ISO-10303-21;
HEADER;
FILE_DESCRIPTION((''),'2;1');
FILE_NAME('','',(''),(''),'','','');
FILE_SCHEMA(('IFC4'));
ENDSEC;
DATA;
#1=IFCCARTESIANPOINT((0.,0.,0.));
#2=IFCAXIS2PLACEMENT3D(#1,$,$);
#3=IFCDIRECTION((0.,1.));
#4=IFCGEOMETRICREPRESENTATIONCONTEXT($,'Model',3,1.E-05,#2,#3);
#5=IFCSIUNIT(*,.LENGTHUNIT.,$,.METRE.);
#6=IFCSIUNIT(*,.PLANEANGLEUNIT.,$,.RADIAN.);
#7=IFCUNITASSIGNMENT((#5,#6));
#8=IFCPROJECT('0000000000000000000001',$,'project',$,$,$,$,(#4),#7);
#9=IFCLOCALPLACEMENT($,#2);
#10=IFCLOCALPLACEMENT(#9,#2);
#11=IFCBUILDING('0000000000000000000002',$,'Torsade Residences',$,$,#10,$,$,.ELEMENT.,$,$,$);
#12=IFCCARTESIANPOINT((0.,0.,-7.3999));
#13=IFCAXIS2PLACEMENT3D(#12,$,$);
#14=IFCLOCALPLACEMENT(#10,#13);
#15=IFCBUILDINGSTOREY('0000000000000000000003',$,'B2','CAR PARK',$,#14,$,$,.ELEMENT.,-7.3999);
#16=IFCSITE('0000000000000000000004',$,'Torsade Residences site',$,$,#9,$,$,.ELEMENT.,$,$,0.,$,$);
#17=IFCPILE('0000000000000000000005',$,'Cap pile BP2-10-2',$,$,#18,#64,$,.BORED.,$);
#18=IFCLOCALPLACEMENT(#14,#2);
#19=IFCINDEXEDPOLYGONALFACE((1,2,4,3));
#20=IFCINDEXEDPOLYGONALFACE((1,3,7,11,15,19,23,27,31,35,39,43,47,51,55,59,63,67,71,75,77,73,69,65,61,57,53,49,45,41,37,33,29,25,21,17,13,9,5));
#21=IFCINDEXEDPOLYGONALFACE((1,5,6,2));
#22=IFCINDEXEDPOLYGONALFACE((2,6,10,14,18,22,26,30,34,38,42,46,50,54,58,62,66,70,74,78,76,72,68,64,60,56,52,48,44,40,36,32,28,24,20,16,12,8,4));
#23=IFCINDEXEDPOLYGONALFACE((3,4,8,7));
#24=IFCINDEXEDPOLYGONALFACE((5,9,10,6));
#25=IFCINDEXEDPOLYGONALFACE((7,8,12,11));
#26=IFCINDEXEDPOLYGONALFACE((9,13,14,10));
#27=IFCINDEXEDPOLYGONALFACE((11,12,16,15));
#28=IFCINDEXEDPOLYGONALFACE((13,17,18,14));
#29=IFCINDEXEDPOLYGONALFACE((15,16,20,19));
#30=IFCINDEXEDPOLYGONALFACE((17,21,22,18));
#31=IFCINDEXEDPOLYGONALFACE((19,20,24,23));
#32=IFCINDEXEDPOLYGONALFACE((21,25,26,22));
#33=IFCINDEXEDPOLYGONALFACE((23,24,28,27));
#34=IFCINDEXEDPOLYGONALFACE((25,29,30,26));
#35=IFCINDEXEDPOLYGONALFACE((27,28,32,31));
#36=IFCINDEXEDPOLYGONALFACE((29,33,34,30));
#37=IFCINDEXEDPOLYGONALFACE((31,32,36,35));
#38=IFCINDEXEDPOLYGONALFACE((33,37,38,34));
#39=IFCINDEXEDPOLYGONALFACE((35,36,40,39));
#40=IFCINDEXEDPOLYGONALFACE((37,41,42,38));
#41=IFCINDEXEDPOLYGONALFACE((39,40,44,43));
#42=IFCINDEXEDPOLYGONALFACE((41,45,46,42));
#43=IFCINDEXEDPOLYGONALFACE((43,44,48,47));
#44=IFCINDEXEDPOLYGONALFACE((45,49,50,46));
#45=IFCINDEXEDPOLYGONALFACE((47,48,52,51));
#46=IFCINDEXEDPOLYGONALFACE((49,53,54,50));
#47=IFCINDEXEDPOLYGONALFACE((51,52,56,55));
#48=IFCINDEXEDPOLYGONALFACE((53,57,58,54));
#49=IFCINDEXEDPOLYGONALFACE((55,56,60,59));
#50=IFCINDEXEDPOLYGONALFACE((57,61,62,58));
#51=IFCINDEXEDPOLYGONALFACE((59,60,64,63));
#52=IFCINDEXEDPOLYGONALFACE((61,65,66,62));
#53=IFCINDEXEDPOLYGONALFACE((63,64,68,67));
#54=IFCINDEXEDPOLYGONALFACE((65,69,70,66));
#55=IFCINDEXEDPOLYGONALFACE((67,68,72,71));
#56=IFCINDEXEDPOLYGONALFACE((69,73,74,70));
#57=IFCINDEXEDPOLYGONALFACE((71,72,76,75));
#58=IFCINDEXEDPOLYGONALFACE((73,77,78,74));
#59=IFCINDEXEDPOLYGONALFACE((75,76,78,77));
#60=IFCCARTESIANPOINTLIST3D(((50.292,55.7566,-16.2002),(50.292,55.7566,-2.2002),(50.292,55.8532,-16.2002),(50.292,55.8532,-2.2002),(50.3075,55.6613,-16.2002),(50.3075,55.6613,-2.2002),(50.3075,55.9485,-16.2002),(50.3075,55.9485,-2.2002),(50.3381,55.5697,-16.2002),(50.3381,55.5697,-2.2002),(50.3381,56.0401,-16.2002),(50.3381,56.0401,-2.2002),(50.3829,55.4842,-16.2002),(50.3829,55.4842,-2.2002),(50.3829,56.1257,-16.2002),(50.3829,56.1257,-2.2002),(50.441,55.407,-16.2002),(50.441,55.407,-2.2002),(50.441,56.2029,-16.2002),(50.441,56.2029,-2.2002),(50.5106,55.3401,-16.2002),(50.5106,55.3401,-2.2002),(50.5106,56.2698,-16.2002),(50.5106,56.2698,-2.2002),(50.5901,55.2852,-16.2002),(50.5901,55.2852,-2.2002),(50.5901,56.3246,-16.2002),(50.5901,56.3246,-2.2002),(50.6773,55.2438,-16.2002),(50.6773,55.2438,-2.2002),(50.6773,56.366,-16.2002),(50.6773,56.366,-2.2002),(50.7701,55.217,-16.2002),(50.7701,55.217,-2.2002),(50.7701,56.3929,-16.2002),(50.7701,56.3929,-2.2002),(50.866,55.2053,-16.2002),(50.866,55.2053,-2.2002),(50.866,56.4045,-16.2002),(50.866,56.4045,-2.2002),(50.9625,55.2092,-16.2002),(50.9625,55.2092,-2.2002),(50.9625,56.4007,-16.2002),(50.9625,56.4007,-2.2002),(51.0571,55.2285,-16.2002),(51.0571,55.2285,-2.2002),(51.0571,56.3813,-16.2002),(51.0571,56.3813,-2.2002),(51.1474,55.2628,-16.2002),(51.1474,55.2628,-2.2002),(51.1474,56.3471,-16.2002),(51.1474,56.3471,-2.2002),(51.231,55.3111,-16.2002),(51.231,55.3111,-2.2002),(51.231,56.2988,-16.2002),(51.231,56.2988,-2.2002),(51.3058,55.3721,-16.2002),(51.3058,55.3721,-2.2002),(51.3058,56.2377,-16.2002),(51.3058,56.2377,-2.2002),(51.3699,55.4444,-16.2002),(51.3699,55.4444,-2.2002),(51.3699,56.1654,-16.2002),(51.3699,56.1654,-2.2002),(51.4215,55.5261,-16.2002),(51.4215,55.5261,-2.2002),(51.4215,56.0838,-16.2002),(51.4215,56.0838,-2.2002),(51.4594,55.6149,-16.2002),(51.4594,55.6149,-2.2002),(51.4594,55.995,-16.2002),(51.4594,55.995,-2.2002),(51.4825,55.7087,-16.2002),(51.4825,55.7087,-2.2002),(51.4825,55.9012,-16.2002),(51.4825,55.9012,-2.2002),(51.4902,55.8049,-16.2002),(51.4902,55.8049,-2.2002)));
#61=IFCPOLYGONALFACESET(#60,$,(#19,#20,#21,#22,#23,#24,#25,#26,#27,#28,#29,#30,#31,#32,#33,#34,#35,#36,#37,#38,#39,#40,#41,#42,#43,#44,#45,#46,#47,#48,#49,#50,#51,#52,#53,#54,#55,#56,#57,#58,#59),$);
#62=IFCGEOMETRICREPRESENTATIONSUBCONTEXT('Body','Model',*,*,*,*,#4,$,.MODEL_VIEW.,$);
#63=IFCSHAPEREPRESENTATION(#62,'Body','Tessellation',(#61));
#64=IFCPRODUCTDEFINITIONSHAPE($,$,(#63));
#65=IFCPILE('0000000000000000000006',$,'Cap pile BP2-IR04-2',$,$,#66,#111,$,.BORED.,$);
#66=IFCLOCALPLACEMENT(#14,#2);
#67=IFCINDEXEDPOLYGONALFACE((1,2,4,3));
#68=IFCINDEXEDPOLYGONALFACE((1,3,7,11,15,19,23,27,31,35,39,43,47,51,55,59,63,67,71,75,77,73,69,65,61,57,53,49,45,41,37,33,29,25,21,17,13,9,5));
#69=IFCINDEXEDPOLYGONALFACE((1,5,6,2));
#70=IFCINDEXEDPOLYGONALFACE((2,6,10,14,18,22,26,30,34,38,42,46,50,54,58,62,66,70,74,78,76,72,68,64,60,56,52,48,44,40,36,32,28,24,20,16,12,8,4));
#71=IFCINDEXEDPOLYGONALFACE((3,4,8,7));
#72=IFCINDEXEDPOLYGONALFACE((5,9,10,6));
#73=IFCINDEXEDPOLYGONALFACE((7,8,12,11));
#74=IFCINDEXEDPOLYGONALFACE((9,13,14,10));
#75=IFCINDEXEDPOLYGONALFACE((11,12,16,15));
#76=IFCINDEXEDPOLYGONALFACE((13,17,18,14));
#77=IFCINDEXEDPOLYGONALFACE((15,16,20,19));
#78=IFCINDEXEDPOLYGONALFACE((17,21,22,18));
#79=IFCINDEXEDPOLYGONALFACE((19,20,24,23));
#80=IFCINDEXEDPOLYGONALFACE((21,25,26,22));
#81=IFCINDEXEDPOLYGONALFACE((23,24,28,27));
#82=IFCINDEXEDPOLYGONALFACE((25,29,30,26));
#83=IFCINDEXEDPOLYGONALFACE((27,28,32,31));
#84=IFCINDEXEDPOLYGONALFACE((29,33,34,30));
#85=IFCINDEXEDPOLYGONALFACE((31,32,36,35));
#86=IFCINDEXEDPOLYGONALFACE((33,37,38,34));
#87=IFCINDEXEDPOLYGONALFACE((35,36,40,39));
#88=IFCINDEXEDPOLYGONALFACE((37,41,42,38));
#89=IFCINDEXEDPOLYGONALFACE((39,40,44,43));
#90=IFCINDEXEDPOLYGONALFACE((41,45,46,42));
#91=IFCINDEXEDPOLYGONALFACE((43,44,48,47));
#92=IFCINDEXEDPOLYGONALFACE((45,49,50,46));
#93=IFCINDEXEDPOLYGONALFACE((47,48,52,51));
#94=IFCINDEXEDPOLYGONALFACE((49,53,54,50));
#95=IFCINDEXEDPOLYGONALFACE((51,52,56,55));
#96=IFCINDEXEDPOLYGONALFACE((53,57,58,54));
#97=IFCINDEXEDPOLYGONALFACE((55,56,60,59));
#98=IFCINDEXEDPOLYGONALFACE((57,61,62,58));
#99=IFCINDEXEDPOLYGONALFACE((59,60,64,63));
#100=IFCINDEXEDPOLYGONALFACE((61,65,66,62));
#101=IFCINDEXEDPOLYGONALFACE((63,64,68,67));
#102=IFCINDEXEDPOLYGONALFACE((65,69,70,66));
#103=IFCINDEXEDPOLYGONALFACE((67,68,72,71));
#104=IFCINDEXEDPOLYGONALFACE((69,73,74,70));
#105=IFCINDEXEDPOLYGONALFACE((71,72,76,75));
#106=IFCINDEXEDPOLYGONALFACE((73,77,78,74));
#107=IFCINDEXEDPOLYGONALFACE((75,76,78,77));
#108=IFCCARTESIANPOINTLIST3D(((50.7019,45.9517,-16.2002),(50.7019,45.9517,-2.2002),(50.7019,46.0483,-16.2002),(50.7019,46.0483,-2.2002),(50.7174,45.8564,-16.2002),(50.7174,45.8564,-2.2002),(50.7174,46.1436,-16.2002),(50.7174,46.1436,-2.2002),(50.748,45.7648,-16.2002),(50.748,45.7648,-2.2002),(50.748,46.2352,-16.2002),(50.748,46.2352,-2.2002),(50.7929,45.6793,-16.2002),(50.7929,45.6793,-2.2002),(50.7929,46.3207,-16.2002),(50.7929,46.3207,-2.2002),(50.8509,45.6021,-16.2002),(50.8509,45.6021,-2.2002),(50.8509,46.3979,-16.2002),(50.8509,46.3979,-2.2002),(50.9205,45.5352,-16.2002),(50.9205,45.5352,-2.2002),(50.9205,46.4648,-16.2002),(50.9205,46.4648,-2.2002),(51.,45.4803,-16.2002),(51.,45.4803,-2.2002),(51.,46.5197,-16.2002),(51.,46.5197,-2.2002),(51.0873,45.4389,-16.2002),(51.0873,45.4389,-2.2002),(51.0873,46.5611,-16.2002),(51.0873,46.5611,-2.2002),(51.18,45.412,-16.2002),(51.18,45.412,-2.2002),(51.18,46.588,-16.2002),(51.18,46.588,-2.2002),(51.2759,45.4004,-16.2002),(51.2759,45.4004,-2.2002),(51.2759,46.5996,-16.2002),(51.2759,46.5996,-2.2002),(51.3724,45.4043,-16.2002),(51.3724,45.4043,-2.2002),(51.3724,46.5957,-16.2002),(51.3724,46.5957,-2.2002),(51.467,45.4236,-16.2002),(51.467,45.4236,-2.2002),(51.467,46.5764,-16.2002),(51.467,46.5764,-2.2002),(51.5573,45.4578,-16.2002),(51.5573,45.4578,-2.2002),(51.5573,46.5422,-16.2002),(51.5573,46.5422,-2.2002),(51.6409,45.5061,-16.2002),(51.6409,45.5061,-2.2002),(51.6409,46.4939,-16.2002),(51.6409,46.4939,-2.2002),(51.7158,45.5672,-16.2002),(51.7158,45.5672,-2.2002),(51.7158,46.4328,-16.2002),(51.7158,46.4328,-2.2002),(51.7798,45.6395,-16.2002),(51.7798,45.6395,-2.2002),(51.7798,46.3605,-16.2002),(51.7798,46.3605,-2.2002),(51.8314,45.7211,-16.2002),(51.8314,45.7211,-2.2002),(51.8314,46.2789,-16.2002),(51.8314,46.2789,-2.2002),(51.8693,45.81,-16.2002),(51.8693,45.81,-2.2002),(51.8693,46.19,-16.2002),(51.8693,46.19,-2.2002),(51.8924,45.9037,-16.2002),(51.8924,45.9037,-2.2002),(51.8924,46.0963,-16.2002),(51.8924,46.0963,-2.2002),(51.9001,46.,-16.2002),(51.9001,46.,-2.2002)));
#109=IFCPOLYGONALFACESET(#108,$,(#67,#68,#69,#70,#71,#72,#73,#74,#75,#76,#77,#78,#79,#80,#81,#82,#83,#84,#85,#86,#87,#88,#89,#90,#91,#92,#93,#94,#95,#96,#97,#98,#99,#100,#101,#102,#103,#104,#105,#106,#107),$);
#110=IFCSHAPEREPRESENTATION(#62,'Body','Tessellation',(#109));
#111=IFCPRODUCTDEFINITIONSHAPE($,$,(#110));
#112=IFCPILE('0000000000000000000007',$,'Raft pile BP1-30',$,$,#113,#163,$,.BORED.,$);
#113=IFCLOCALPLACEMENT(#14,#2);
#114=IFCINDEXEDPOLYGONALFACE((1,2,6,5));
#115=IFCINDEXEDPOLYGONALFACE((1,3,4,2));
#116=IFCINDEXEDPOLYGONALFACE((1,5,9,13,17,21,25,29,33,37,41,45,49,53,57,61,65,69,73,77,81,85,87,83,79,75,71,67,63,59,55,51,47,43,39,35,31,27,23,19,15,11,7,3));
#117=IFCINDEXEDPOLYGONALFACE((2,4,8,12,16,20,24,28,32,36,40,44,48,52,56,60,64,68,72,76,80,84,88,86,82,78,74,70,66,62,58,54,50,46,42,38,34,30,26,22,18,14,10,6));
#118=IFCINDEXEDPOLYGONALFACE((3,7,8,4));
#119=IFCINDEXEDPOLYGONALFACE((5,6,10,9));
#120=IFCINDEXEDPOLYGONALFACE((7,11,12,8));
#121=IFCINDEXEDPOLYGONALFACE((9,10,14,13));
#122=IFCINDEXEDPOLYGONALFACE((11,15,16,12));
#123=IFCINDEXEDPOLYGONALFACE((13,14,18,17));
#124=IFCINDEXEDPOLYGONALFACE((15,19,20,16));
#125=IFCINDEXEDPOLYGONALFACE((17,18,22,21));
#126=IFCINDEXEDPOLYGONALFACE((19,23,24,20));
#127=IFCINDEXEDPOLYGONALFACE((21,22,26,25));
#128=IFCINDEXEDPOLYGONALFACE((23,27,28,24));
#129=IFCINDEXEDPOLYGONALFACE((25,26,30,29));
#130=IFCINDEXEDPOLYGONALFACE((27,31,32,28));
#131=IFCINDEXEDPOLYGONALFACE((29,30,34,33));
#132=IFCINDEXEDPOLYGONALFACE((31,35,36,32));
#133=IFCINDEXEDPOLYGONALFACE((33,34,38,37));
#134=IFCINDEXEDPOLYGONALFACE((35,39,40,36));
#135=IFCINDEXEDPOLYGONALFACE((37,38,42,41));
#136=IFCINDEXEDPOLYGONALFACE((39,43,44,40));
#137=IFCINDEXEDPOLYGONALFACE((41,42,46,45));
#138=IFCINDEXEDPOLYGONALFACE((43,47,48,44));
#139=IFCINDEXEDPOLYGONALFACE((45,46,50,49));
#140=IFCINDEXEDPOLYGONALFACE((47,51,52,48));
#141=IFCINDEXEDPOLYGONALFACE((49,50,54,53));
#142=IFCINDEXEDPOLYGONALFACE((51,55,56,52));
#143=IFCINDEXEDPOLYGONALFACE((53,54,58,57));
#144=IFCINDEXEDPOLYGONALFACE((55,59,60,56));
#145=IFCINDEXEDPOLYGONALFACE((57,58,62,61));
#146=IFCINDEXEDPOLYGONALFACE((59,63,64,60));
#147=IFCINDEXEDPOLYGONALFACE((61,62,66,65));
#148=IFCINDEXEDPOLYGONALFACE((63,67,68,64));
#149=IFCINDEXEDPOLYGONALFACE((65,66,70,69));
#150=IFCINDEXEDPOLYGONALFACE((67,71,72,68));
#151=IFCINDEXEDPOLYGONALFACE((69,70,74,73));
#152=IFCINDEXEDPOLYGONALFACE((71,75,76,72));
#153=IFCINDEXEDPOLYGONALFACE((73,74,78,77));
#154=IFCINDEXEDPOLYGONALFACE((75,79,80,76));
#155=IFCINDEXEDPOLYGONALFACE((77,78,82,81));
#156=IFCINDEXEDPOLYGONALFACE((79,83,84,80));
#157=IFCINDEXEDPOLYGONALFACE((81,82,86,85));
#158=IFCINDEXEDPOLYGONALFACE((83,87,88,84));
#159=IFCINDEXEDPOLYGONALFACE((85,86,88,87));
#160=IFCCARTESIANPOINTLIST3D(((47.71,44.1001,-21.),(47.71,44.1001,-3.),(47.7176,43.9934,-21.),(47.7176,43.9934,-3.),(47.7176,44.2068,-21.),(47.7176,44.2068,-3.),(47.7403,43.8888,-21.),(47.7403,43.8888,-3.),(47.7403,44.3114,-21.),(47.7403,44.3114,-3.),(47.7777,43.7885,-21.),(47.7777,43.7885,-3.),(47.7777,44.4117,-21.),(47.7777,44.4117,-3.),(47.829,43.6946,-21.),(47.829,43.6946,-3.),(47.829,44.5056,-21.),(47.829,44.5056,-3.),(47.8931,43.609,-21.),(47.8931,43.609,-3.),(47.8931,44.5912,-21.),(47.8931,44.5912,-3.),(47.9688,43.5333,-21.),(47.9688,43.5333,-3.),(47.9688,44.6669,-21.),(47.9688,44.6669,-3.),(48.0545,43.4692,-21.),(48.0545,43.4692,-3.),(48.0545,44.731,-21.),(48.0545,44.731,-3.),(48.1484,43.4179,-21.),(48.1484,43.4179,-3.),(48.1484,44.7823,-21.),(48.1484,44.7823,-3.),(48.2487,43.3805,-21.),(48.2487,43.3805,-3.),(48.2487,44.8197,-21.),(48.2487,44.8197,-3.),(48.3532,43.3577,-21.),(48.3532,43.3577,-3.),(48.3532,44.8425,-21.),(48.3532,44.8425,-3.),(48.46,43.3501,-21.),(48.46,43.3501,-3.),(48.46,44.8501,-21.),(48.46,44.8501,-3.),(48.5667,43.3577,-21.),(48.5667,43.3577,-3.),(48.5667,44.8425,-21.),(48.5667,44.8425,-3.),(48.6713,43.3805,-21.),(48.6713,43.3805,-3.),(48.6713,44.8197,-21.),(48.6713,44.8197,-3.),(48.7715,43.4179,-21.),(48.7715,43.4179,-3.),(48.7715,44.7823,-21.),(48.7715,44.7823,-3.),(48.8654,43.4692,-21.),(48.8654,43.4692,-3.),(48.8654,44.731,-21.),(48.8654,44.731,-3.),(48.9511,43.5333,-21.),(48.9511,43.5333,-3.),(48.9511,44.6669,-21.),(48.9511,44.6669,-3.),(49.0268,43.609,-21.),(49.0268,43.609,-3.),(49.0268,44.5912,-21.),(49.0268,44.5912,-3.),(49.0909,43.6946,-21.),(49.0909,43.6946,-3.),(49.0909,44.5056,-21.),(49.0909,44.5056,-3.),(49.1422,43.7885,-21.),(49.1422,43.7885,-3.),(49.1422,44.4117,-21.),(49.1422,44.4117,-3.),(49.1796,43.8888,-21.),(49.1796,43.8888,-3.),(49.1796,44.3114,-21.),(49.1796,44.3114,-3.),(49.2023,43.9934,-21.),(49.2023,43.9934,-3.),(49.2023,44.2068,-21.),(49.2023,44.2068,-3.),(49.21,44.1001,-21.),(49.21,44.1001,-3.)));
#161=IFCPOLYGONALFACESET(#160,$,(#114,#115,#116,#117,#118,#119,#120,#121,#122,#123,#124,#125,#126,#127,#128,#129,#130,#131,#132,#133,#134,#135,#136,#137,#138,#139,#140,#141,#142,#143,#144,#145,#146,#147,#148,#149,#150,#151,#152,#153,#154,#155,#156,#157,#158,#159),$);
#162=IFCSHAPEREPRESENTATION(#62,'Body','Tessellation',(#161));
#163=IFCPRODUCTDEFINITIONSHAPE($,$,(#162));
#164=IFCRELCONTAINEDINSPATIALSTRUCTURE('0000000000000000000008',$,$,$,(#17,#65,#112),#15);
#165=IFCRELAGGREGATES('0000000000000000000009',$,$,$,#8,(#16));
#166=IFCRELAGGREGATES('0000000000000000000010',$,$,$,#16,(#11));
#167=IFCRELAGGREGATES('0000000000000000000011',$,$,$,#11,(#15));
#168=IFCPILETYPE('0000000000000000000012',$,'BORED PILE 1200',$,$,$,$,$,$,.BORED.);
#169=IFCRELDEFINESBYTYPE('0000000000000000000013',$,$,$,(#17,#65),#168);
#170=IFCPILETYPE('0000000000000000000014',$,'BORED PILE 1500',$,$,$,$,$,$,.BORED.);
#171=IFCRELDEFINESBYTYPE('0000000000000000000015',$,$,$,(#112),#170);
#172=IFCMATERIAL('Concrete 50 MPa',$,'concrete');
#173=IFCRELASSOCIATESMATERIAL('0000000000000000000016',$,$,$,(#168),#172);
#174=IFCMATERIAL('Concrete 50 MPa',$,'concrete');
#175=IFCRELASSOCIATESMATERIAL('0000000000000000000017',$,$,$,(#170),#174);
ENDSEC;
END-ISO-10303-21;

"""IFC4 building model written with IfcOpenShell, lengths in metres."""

from ifc_helpers import new_model, si_unit, direction, frame, origin, origin_2d, place, context, subcontext, project, spatial, circle, extrude, material, type_object, element, save


model = new_model("IFC4")

# Units and contexts
model_context = context("Model", 3, precision=1e-05, world=origin(), true_north=direction((0.0, 1.0)))
body_context = subcontext(model_context, "Body", "Model", "MODEL_VIEW")
ifc_project = project(units=[si_unit("LENGTHUNIT", "METRE"), si_unit("PLANEANGLEUNIT", "RADIAN")], contexts=[model_context])

# Site, building, storey
site_placement = place(None, origin())
site = spatial("IfcSite", under=ifc_project, at=site_placement, Name="Torsade Residences site", CompositionType="ELEMENT", RefElevation=0.0)
building_placement = place(site_placement, origin())
building = spatial("IfcBuilding", under=site, at=building_placement, Name="Torsade Residences", CompositionType="ELEMENT")
storey_placement = place(building_placement, frame((0.0, 0.0, -7.3999)))
storey = spatial("IfcBuildingStorey", under=building, at=storey_placement, Name="B2", Description="CAR PARK", CompositionType="ELEMENT", Elevation=-7.3999)

# Piles
ifc_material_1 = material(Name="Concrete 50 MPa", Category="concrete")
pile_type_1 = type_object("IfcPileType", Name="BORED PILE 1200", PredefinedType="BORED", material=ifc_material_1)
for number, where, z_axis, x_axis, name in (
    (1, (50.8901, 55.8049, -2.2002), (0.0, 0.0, -1.0), (1.0, 0.0, 0.0), "Cap pile BP2-10-2"),
    (2, (51.3, 46.0, -2.2002), (0.0, 0.0, -1.0), (1.0, 0.0, 0.0), "Cap pile BP2-IR04-2"),
):
    element("IfcPile", number, at=place(storey_placement, frame(where, z_axis=z_axis, x_axis=x_axis)), inside=storey, type_object=pile_type_1, Name=name, PredefinedType="BORED", context=body_context, shape_type="SweptSolid", body=[
        extrude(circle(Radius=0.6001, at=origin_2d()), origin(), (0.0, 0.0, 1.0), 14.0),
    ])
ifc_material_2 = material(Name="Concrete 50 MPa", Category="concrete")
pile_type_2 = type_object("IfcPileType", Name="BORED PILE 1500", PredefinedType="BORED", material=ifc_material_2)
for number, where, z_axis, x_axis, name in (
    (3, (48.46, 44.1001, -3.0), (0.0, 0.0, -1.0), (1.0, 0.0, 0.0), "Raft pile BP1-30"),
):
    element("IfcPile", number, at=place(storey_placement, frame(where, z_axis=z_axis, x_axis=x_axis)), inside=storey, type_object=pile_type_2, Name=name, PredefinedType="BORED", context=body_context, shape_type="SweptSolid", body=[
        extrude(circle(Radius=0.75, at=origin_2d()), origin(), (0.0, 0.0, 1.0), 18.0),
    ])

save(model, "model.ifc")
